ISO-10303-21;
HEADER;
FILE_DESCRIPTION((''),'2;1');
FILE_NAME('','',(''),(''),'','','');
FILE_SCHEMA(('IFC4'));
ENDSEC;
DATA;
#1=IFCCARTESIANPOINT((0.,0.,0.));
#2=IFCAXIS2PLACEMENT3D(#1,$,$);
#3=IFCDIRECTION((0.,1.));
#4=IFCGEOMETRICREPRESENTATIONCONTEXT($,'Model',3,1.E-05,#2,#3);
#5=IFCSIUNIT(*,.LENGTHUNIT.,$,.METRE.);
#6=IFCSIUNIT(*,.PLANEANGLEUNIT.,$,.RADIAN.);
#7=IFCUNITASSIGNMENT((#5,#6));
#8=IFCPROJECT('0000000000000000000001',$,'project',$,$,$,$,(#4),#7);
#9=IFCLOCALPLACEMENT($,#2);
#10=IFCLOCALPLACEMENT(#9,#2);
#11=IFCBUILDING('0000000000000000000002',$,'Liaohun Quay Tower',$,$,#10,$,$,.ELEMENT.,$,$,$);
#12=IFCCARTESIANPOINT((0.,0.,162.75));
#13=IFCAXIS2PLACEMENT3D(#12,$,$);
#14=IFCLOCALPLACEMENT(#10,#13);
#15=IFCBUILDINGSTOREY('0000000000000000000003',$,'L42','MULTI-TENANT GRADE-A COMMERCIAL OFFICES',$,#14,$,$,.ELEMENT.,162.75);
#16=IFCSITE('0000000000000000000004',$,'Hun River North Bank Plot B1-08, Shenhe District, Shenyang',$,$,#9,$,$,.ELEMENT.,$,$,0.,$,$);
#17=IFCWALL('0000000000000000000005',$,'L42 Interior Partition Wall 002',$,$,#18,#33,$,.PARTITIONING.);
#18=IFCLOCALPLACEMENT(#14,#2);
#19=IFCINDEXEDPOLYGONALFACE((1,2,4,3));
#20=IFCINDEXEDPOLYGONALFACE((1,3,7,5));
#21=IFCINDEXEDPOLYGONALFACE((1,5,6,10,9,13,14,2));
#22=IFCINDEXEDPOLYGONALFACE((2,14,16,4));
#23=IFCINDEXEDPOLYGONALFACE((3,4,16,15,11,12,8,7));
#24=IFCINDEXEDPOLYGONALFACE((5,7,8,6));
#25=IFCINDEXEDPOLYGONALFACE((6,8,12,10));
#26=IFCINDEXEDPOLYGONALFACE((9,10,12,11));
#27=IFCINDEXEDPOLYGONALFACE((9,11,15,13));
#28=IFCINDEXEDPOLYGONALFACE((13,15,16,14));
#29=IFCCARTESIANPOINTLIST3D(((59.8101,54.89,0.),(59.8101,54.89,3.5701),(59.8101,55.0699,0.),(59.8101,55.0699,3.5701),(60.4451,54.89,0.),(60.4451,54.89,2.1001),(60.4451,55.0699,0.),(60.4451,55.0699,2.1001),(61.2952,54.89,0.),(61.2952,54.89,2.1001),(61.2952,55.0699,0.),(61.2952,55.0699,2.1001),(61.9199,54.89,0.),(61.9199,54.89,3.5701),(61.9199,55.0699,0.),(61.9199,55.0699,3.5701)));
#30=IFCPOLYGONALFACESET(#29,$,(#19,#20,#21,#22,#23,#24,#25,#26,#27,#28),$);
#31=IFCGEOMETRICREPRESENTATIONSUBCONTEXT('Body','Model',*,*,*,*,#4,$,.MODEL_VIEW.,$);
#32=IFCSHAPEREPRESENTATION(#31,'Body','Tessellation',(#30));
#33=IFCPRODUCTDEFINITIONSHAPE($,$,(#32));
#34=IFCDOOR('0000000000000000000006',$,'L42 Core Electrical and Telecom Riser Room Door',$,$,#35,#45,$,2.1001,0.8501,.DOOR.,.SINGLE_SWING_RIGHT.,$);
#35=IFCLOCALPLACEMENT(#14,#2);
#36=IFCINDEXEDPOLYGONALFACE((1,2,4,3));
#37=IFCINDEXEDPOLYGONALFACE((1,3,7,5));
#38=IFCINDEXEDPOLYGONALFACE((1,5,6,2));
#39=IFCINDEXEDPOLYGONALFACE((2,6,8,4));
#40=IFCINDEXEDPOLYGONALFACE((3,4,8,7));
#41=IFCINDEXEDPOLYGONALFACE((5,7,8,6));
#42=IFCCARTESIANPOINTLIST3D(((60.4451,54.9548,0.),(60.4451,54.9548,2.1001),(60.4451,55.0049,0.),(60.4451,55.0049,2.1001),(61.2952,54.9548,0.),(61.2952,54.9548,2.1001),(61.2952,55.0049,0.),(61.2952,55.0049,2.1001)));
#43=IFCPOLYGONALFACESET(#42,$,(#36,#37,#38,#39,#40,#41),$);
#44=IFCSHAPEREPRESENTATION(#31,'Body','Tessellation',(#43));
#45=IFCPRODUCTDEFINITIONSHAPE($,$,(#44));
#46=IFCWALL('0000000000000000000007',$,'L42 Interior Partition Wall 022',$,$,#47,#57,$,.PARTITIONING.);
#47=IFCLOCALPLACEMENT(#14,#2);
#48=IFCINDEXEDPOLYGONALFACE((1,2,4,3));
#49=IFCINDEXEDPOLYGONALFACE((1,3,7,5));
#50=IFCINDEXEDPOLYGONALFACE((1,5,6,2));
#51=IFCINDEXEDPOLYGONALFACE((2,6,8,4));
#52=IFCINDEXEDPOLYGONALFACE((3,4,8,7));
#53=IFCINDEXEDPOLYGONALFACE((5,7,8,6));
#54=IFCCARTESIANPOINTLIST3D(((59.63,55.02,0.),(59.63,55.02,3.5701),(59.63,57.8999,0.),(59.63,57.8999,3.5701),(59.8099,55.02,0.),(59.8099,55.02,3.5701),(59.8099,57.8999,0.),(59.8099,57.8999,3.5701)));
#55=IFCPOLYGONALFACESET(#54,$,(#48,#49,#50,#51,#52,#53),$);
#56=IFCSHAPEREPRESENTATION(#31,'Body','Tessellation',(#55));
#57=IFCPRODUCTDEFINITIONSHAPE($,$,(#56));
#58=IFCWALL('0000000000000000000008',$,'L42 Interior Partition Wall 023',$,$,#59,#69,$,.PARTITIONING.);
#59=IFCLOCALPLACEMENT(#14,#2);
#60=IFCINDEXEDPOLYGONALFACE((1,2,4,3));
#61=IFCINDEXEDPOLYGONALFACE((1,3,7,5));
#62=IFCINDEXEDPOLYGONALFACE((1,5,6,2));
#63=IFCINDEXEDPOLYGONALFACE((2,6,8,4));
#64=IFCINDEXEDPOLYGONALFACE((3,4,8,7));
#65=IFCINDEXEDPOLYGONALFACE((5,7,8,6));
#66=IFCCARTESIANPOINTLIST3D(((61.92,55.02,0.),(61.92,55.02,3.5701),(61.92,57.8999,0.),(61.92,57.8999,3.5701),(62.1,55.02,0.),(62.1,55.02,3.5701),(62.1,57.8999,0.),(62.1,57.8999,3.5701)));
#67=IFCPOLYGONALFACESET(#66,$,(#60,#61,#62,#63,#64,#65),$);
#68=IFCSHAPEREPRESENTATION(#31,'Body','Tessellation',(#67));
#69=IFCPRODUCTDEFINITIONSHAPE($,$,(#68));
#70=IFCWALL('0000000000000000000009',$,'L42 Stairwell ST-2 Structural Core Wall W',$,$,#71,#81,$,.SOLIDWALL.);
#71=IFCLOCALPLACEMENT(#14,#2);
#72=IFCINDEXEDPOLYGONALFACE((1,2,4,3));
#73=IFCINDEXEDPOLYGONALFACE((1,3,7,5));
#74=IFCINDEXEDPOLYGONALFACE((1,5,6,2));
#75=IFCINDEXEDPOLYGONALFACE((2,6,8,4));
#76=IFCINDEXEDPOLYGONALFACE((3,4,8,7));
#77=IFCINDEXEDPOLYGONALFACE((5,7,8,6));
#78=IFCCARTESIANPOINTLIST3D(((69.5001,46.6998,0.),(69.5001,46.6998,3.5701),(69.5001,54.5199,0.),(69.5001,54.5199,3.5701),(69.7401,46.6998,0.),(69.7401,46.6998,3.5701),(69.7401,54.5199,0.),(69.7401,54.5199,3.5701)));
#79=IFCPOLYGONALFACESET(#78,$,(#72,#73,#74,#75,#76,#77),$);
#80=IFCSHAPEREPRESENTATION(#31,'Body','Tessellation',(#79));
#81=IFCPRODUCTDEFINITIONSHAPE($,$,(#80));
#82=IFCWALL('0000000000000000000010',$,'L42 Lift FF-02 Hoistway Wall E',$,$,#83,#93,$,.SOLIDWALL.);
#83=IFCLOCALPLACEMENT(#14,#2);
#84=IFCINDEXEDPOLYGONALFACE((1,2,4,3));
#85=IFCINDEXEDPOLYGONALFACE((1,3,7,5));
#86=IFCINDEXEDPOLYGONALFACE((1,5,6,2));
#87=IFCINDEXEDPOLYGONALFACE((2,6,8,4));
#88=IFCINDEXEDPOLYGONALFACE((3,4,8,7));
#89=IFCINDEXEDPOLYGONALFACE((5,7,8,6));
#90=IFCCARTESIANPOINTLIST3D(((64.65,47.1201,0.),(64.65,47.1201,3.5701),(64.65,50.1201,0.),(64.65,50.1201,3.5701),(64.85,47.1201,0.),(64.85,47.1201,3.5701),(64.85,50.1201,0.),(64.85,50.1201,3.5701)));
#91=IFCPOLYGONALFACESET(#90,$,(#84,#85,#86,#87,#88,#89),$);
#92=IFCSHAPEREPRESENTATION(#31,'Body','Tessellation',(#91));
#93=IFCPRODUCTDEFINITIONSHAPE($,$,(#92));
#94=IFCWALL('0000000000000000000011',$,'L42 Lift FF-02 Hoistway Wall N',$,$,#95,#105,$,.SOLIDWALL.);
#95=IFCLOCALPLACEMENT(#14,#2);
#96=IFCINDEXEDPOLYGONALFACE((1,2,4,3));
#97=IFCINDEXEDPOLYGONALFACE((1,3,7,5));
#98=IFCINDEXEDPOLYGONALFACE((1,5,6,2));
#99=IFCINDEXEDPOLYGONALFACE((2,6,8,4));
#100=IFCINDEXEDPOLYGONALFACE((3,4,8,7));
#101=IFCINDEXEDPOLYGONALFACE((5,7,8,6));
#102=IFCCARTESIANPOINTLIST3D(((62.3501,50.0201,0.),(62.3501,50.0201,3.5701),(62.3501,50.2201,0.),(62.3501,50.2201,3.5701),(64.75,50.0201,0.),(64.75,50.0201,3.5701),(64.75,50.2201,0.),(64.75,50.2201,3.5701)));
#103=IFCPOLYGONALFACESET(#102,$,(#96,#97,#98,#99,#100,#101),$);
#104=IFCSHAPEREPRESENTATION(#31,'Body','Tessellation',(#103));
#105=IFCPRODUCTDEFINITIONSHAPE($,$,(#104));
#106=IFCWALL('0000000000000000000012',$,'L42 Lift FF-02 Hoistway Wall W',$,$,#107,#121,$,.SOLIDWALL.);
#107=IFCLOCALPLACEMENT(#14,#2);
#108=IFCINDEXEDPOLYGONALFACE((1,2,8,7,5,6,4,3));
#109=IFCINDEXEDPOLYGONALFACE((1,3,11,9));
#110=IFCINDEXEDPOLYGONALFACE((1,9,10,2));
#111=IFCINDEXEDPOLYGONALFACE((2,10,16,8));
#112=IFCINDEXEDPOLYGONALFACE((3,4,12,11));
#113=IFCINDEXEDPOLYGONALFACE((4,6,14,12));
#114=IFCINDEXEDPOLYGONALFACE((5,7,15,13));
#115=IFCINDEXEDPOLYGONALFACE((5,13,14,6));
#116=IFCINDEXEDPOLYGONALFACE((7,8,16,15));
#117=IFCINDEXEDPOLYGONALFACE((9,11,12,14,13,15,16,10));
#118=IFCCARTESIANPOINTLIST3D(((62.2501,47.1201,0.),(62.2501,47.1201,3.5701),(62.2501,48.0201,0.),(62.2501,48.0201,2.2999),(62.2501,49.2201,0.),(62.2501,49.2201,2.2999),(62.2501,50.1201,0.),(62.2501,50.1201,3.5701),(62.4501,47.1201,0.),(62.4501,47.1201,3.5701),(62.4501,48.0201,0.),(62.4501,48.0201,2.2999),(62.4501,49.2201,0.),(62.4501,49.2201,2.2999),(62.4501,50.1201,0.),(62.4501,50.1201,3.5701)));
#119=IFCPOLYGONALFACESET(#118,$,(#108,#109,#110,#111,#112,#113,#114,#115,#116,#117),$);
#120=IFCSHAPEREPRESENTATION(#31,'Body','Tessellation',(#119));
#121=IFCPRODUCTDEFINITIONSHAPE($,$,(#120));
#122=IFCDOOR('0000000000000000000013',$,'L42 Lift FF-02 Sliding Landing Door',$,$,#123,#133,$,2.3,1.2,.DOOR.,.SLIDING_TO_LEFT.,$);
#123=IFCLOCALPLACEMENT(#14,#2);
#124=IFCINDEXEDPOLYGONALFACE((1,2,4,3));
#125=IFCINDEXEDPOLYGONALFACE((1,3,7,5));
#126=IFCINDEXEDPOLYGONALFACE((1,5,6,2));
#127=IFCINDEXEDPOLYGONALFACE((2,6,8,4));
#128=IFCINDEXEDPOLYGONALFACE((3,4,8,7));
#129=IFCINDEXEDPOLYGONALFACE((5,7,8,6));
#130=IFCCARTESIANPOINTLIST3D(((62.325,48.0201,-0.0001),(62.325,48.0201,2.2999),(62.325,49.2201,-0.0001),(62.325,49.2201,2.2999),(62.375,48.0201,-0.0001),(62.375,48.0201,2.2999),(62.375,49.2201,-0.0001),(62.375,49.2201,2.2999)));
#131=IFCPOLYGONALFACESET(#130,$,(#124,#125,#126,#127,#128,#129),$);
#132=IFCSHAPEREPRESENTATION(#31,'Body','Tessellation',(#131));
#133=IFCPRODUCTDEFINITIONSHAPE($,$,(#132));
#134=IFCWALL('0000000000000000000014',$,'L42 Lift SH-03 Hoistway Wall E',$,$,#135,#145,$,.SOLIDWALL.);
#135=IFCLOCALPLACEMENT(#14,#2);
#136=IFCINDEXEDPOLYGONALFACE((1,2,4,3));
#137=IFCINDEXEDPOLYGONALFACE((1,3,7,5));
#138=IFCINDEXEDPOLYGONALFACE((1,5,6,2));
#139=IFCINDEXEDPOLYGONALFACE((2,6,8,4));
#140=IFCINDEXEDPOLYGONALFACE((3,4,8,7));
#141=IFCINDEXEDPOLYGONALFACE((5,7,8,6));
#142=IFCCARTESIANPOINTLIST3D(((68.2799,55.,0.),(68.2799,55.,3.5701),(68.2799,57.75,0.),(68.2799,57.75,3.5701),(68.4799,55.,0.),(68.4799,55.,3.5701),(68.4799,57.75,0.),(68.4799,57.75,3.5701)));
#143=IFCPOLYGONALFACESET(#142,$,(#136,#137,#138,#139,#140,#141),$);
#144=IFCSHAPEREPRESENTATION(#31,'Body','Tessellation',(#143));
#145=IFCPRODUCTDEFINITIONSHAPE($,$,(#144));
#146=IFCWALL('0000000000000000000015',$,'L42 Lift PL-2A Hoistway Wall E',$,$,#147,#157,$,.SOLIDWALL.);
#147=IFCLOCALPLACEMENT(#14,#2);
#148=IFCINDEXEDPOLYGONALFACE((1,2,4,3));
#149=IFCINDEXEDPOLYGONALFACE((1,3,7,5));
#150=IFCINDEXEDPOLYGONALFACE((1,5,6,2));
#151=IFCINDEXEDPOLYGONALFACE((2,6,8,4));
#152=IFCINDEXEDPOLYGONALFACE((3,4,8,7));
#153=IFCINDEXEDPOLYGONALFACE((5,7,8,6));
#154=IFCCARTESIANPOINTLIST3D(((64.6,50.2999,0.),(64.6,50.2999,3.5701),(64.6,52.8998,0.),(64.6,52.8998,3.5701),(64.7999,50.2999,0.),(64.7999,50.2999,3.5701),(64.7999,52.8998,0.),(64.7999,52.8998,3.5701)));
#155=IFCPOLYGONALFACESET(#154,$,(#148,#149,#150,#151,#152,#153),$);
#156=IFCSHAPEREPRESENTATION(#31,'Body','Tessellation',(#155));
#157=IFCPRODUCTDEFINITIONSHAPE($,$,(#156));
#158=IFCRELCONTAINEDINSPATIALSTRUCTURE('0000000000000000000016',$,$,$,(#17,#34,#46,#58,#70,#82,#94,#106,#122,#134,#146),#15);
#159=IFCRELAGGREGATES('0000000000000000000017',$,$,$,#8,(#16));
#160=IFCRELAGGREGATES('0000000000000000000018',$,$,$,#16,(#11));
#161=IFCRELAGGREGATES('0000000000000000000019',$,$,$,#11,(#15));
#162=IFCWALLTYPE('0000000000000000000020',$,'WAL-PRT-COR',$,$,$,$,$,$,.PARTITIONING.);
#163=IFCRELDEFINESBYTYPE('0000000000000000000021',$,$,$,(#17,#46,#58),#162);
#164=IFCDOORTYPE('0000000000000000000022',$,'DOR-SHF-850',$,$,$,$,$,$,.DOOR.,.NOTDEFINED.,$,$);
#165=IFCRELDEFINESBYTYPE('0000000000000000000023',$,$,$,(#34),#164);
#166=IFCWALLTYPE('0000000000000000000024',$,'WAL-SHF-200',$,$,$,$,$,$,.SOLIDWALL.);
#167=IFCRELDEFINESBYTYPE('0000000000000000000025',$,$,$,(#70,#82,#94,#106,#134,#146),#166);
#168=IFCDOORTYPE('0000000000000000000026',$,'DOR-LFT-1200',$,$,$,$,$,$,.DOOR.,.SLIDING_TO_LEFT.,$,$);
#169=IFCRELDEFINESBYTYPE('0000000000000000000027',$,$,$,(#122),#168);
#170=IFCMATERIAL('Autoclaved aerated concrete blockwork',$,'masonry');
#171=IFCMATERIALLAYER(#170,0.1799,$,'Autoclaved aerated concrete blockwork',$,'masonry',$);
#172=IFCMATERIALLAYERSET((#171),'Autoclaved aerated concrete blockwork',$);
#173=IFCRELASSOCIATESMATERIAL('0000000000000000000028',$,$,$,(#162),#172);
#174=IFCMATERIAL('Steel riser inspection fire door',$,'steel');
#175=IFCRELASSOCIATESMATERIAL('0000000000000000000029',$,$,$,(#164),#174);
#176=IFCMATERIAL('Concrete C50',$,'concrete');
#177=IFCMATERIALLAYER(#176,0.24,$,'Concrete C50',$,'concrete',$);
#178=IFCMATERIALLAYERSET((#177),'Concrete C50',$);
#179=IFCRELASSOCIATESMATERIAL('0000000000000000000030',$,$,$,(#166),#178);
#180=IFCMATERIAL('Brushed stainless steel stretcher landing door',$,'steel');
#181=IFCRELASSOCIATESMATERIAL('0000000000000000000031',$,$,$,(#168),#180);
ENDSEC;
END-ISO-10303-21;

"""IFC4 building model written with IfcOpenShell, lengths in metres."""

from ifc_helpers import new_model, si_unit, direction, frame, frame_2d, origin, place, context, subcontext, project, spatial, rectangle, extrude, source, transform, mapped, material, layer, layer_set, type_object, element, fill, save


model = new_model("IFC4")

# Units and contexts
model_context = context("Model", 3, precision=1e-05, world=origin(), true_north=direction((0.0, 1.0)))
body_context = subcontext(model_context, "Body", "Model", "MODEL_VIEW")
ifc_project = project(units=[si_unit("LENGTHUNIT", "METRE"), si_unit("PLANEANGLEUNIT", "RADIAN")], contexts=[model_context])

# Site, building, storey
site_placement = place(None, origin())
site = spatial("IfcSite", under=ifc_project, at=site_placement, Name="Hun River North Bank Plot B1-08, Shenhe District, Shenyang", CompositionType="ELEMENT", RefElevation=0.0)
building_placement = place(site_placement, origin())
building = spatial("IfcBuilding", under=site, at=building_placement, Name="Liaohun Quay Tower", CompositionType="ELEMENT")
storey_placement = place(building_placement, frame((0.0, 0.0, 162.75)))
storey = spatial("IfcBuildingStorey", under=building, at=storey_placement, Name="L42", Description="MULTI-TENANT GRADE-A COMMERCIAL OFFICES", CompositionType="ELEMENT", Elevation=162.75)

# Wall, opening, door
ifc_material_1 = material(Name="Autoclaved aerated concrete blockwork", Category="masonry")
ifc_layer_1 = layer(ifc_material_1, 0.1799, Name="Autoclaved aerated concrete blockwork", Category="masonry")
ifc_layer_set_1 = layer_set([ifc_layer_1], Name="Autoclaved aerated concrete blockwork")
wall_type_1 = type_object("IfcWallType", Name="WAL-PRT-COR", PredefinedType="PARTITIONING", material=ifc_layer_set_1)
wall_1_placement = place(storey_placement, frame((59.8101, 54.98, 0.0), z_axis=(0.0, 0.0, 1.0), x_axis=(1.0, 0.0, 0.0)))
wall_1 = element("IfcWall", 1, at=wall_1_placement, inside=storey, type_object=wall_type_1, Name="L42 Interior Partition Wall 002", PredefinedType="PARTITIONING", context=body_context, shape_type="SweptSolid", body=[
    extrude(rectangle(XDim=2.1099, YDim=0.1799, at=frame_2d((1.0549, 0.0))), origin(), (0.0, 0.0, 1.0), 3.5701),
])
shared_shape_1 = source(origin(), body_context, "Body", "SweptSolid", [
    extrude(rectangle(XDim=0.8501, YDim=2.1001, at=frame_2d((0.425, 1.05))), frame((0.0, 0.0999, 0.0), z_axis=(0.0, -1.0, 0.0), x_axis=(1.0, 0.0, 0.0)), (0.0, 0.0, 1.0), 0.2),
])
opening_1_placement = place(wall_1_placement, frame((0.635, 0.0, 0.0)))
opening_1 = element("IfcOpeningElement", 2, at=opening_1_placement, cuts=wall_1, PredefinedType="OPENING", context=body_context, shape_type="MappedRepresentation", body=[
    mapped(shared_shape_1, transform((0.0, 0.0, 0.0), x_axis=(1.0, 0.0, 0.0), y_axis=(0.0, 1.0, 0.0), z_axis=(0.0, 0.0, 1.0), scale=1.0)),
])
ifc_material_2 = material(Name="Steel riser inspection fire door", Category="steel")
door_type_1 = type_object("IfcDoorType", Name="DOR-SHF-850", OperationType="NOTDEFINED", PredefinedType="DOOR", material=ifc_material_2)
shared_shape_2 = source(origin(), body_context, "Body", "SweptSolid", [
    extrude(rectangle(XDim=0.8501, YDim=2.1001, at=frame_2d((0.425, 1.05))), frame((0.0, 0.0249, 0.0), z_axis=(0.0, -1.0, 0.0), x_axis=(1.0, 0.0, 0.0)), (0.0, 0.0, 1.0), 0.05),
])
door_1_placement = place(opening_1_placement, origin())
door_1 = element("IfcDoor", 3, at=door_1_placement, inside=storey, type_object=door_type_1, Name="L42 Core Electrical and Telecom Riser Room Door", OperationType="SINGLE_SWING_RIGHT", OverallHeight=2.1001, OverallWidth=0.8501, PredefinedType="DOOR", context=body_context, shape_type="MappedRepresentation", body=[
    mapped(shared_shape_2, transform((0.0, 0.0, 0.0), x_axis=(1.0, 0.0, 0.0), y_axis=(0.0, 1.0, 0.0), z_axis=(0.0, 0.0, 1.0), scale=1.0)),
])
fill(opening_1, door_1)

# Walls
for number, where, z_axis, x_axis, name in (
    (4, (59.72, 55.02, 0.0), (0.0, 0.0, 1.0), (0.0, 1.0, 0.0), "L42 Interior Partition Wall 022"),
    (5, (62.01, 55.02, 0.0), (0.0, 0.0, 1.0), (0.0, 1.0, 0.0), "L42 Interior Partition Wall 023"),
):
    element("IfcWall", number, at=place(storey_placement, frame(where, z_axis=z_axis, x_axis=x_axis)), inside=storey, type_object=wall_type_1, Name=name, PredefinedType="PARTITIONING", context=body_context, shape_type="SweptSolid", body=[
        extrude(rectangle(XDim=2.8799, YDim=0.1799, at=frame_2d((1.4399, 0.0))), origin(), (0.0, 0.0, 1.0), 3.5701),
    ])
ifc_material_3 = material(Name="Concrete C50", Category="concrete")
ifc_layer_2 = layer(ifc_material_3, 0.24, Name="Concrete C50", Category="concrete")
ifc_layer_set_2 = layer_set([ifc_layer_2], Name="Concrete C50")
wall_type_2 = type_object("IfcWallType", Name="WAL-SHF-200", PredefinedType="SOLIDWALL", material=ifc_layer_set_2)
wall_2_placement = place(storey_placement, frame((69.6201, 54.52, 0.0), z_axis=(0.0, 0.0, 1.0), x_axis=(0.0, -1.0, 0.0)))
element("IfcWall", 6, at=wall_2_placement, inside=storey, type_object=wall_type_2, Name="L42 Stairwell ST-2 Structural Core Wall W", PredefinedType="SOLIDWALL", context=body_context, shape_type="SweptSolid", body=[
    extrude(rectangle(XDim=7.8201, YDim=0.24, at=frame_2d((3.9102, 0.0))), origin(), (0.0, 0.0, 1.0), 3.5701),
])
wall_3_placement = place(storey_placement, frame((64.75, 47.1201, 0.0), z_axis=(0.0, 0.0, 1.0), x_axis=(0.0, 1.0, 0.0)))
element("IfcWall", 7, at=wall_3_placement, inside=storey, type_object=wall_type_2, Name="L42 Lift FF-02 Hoistway Wall E", PredefinedType="SOLIDWALL", context=body_context, shape_type="SweptSolid", body=[
    extrude(rectangle(XDim=3.0, YDim=0.2, at=frame_2d((1.5, 0.0))), origin(), (0.0, 0.0, 1.0), 3.5701),
])
wall_4_placement = place(storey_placement, frame((64.75, 50.1201, 0.0), z_axis=(0.0, 0.0, 1.0), x_axis=(-1.0, 0.0, 0.0)))
element("IfcWall", 8, at=wall_4_placement, inside=storey, type_object=wall_type_2, Name="L42 Lift FF-02 Hoistway Wall N", PredefinedType="SOLIDWALL", context=body_context, shape_type="SweptSolid", body=[
    extrude(rectangle(XDim=2.3999, YDim=0.2, at=frame_2d((1.2, 0.0))), origin(), (0.0, 0.0, 1.0), 3.5701),
])

# Wall, opening, door
wall_5_placement = place(storey_placement, frame((62.3501, 50.1201, 0.0), z_axis=(0.0, 0.0, 1.0), x_axis=(0.0, -1.0, 0.0)))
wall_5 = element("IfcWall", 9, at=wall_5_placement, inside=storey, type_object=wall_type_2, Name="L42 Lift FF-02 Hoistway Wall W", PredefinedType="SOLIDWALL", context=body_context, shape_type="SweptSolid", body=[
    extrude(rectangle(XDim=3.0, YDim=0.2, at=frame_2d((1.5, 0.0))), origin(), (0.0, 0.0, 1.0), 3.5701),
])
shared_shape_3 = source(origin(), body_context, "Body", "SweptSolid", [
    extrude(rectangle(XDim=1.2, YDim=2.3, at=frame_2d((0.6001, 1.1499))), frame((0.0, 0.1099, 0.0), z_axis=(0.0, -1.0, 0.0), x_axis=(1.0, 0.0, 0.0)), (0.0, 0.0, 1.0), 0.22),
])
opening_2_placement = place(wall_5_placement, frame((0.8999, 0.0, 0.0)))
opening_2 = element("IfcOpeningElement", 10, at=opening_2_placement, cuts=wall_5, PredefinedType="OPENING", context=body_context, shape_type="MappedRepresentation", body=[
    mapped(shared_shape_3, transform((0.0, 0.0, 0.0), x_axis=(1.0, 0.0, 0.0), y_axis=(0.0, 1.0, 0.0), z_axis=(0.0, 0.0, 1.0), scale=1.0)),
])
ifc_material_4 = material(Name="Brushed stainless steel stretcher landing door", Category="steel")
door_type_2 = type_object("IfcDoorType", Name="DOR-LFT-1200", OperationType="SLIDING_TO_LEFT", PredefinedType="DOOR", material=ifc_material_4)
shared_shape_4 = source(origin(), body_context, "Body", "SweptSolid", [
    extrude(rectangle(XDim=1.2, YDim=2.3, at=frame_2d((0.6001, 1.1499))), frame((0.0, 0.0249, 0.0), z_axis=(0.0, -1.0, 0.0), x_axis=(1.0, 0.0, 0.0)), (0.0, 0.0, 1.0), 0.05),
])
door_2_placement = place(opening_2_placement, origin())
door_2 = element("IfcDoor", 11, at=door_2_placement, inside=storey, type_object=door_type_2, Name="L42 Lift FF-02 Sliding Landing Door", OperationType="SLIDING_TO_LEFT", OverallHeight=2.3, OverallWidth=1.2, PredefinedType="DOOR", context=body_context, shape_type="MappedRepresentation", body=[
    mapped(shared_shape_4, transform((0.0, 0.0, 0.0), x_axis=(1.0, 0.0, 0.0), y_axis=(0.0, 1.0, 0.0), z_axis=(0.0, 0.0, 1.0), scale=1.0)),
])
fill(opening_2, door_2)

# Walls
wall_6_placement = place(storey_placement, frame((68.3799, 55.0, 0.0), z_axis=(0.0, 0.0, 1.0), x_axis=(0.0, 1.0, 0.0)))
element("IfcWall", 12, at=wall_6_placement, inside=storey, type_object=wall_type_2, Name="L42 Lift SH-03 Hoistway Wall E", PredefinedType="SOLIDWALL", context=body_context, shape_type="SweptSolid", body=[
    extrude(rectangle(XDim=2.75, YDim=0.2, at=frame_2d((1.375, 0.0))), origin(), (0.0, 0.0, 1.0), 3.5701),
])
wall_7_placement = place(storey_placement, frame((64.7, 50.3, 0.0), z_axis=(0.0, 0.0, 1.0), x_axis=(0.0, 1.0, 0.0)))
element("IfcWall", 13, at=wall_7_placement, inside=storey, type_object=wall_type_2, Name="L42 Lift PL-2A Hoistway Wall E", PredefinedType="SOLIDWALL", context=body_context, shape_type="SweptSolid", body=[
    extrude(rectangle(XDim=2.5999, YDim=0.2, at=frame_2d((1.2998, 0.0))), origin(), (0.0, 0.0, 1.0), 3.5701),
])

save(model, "model.ifc")
